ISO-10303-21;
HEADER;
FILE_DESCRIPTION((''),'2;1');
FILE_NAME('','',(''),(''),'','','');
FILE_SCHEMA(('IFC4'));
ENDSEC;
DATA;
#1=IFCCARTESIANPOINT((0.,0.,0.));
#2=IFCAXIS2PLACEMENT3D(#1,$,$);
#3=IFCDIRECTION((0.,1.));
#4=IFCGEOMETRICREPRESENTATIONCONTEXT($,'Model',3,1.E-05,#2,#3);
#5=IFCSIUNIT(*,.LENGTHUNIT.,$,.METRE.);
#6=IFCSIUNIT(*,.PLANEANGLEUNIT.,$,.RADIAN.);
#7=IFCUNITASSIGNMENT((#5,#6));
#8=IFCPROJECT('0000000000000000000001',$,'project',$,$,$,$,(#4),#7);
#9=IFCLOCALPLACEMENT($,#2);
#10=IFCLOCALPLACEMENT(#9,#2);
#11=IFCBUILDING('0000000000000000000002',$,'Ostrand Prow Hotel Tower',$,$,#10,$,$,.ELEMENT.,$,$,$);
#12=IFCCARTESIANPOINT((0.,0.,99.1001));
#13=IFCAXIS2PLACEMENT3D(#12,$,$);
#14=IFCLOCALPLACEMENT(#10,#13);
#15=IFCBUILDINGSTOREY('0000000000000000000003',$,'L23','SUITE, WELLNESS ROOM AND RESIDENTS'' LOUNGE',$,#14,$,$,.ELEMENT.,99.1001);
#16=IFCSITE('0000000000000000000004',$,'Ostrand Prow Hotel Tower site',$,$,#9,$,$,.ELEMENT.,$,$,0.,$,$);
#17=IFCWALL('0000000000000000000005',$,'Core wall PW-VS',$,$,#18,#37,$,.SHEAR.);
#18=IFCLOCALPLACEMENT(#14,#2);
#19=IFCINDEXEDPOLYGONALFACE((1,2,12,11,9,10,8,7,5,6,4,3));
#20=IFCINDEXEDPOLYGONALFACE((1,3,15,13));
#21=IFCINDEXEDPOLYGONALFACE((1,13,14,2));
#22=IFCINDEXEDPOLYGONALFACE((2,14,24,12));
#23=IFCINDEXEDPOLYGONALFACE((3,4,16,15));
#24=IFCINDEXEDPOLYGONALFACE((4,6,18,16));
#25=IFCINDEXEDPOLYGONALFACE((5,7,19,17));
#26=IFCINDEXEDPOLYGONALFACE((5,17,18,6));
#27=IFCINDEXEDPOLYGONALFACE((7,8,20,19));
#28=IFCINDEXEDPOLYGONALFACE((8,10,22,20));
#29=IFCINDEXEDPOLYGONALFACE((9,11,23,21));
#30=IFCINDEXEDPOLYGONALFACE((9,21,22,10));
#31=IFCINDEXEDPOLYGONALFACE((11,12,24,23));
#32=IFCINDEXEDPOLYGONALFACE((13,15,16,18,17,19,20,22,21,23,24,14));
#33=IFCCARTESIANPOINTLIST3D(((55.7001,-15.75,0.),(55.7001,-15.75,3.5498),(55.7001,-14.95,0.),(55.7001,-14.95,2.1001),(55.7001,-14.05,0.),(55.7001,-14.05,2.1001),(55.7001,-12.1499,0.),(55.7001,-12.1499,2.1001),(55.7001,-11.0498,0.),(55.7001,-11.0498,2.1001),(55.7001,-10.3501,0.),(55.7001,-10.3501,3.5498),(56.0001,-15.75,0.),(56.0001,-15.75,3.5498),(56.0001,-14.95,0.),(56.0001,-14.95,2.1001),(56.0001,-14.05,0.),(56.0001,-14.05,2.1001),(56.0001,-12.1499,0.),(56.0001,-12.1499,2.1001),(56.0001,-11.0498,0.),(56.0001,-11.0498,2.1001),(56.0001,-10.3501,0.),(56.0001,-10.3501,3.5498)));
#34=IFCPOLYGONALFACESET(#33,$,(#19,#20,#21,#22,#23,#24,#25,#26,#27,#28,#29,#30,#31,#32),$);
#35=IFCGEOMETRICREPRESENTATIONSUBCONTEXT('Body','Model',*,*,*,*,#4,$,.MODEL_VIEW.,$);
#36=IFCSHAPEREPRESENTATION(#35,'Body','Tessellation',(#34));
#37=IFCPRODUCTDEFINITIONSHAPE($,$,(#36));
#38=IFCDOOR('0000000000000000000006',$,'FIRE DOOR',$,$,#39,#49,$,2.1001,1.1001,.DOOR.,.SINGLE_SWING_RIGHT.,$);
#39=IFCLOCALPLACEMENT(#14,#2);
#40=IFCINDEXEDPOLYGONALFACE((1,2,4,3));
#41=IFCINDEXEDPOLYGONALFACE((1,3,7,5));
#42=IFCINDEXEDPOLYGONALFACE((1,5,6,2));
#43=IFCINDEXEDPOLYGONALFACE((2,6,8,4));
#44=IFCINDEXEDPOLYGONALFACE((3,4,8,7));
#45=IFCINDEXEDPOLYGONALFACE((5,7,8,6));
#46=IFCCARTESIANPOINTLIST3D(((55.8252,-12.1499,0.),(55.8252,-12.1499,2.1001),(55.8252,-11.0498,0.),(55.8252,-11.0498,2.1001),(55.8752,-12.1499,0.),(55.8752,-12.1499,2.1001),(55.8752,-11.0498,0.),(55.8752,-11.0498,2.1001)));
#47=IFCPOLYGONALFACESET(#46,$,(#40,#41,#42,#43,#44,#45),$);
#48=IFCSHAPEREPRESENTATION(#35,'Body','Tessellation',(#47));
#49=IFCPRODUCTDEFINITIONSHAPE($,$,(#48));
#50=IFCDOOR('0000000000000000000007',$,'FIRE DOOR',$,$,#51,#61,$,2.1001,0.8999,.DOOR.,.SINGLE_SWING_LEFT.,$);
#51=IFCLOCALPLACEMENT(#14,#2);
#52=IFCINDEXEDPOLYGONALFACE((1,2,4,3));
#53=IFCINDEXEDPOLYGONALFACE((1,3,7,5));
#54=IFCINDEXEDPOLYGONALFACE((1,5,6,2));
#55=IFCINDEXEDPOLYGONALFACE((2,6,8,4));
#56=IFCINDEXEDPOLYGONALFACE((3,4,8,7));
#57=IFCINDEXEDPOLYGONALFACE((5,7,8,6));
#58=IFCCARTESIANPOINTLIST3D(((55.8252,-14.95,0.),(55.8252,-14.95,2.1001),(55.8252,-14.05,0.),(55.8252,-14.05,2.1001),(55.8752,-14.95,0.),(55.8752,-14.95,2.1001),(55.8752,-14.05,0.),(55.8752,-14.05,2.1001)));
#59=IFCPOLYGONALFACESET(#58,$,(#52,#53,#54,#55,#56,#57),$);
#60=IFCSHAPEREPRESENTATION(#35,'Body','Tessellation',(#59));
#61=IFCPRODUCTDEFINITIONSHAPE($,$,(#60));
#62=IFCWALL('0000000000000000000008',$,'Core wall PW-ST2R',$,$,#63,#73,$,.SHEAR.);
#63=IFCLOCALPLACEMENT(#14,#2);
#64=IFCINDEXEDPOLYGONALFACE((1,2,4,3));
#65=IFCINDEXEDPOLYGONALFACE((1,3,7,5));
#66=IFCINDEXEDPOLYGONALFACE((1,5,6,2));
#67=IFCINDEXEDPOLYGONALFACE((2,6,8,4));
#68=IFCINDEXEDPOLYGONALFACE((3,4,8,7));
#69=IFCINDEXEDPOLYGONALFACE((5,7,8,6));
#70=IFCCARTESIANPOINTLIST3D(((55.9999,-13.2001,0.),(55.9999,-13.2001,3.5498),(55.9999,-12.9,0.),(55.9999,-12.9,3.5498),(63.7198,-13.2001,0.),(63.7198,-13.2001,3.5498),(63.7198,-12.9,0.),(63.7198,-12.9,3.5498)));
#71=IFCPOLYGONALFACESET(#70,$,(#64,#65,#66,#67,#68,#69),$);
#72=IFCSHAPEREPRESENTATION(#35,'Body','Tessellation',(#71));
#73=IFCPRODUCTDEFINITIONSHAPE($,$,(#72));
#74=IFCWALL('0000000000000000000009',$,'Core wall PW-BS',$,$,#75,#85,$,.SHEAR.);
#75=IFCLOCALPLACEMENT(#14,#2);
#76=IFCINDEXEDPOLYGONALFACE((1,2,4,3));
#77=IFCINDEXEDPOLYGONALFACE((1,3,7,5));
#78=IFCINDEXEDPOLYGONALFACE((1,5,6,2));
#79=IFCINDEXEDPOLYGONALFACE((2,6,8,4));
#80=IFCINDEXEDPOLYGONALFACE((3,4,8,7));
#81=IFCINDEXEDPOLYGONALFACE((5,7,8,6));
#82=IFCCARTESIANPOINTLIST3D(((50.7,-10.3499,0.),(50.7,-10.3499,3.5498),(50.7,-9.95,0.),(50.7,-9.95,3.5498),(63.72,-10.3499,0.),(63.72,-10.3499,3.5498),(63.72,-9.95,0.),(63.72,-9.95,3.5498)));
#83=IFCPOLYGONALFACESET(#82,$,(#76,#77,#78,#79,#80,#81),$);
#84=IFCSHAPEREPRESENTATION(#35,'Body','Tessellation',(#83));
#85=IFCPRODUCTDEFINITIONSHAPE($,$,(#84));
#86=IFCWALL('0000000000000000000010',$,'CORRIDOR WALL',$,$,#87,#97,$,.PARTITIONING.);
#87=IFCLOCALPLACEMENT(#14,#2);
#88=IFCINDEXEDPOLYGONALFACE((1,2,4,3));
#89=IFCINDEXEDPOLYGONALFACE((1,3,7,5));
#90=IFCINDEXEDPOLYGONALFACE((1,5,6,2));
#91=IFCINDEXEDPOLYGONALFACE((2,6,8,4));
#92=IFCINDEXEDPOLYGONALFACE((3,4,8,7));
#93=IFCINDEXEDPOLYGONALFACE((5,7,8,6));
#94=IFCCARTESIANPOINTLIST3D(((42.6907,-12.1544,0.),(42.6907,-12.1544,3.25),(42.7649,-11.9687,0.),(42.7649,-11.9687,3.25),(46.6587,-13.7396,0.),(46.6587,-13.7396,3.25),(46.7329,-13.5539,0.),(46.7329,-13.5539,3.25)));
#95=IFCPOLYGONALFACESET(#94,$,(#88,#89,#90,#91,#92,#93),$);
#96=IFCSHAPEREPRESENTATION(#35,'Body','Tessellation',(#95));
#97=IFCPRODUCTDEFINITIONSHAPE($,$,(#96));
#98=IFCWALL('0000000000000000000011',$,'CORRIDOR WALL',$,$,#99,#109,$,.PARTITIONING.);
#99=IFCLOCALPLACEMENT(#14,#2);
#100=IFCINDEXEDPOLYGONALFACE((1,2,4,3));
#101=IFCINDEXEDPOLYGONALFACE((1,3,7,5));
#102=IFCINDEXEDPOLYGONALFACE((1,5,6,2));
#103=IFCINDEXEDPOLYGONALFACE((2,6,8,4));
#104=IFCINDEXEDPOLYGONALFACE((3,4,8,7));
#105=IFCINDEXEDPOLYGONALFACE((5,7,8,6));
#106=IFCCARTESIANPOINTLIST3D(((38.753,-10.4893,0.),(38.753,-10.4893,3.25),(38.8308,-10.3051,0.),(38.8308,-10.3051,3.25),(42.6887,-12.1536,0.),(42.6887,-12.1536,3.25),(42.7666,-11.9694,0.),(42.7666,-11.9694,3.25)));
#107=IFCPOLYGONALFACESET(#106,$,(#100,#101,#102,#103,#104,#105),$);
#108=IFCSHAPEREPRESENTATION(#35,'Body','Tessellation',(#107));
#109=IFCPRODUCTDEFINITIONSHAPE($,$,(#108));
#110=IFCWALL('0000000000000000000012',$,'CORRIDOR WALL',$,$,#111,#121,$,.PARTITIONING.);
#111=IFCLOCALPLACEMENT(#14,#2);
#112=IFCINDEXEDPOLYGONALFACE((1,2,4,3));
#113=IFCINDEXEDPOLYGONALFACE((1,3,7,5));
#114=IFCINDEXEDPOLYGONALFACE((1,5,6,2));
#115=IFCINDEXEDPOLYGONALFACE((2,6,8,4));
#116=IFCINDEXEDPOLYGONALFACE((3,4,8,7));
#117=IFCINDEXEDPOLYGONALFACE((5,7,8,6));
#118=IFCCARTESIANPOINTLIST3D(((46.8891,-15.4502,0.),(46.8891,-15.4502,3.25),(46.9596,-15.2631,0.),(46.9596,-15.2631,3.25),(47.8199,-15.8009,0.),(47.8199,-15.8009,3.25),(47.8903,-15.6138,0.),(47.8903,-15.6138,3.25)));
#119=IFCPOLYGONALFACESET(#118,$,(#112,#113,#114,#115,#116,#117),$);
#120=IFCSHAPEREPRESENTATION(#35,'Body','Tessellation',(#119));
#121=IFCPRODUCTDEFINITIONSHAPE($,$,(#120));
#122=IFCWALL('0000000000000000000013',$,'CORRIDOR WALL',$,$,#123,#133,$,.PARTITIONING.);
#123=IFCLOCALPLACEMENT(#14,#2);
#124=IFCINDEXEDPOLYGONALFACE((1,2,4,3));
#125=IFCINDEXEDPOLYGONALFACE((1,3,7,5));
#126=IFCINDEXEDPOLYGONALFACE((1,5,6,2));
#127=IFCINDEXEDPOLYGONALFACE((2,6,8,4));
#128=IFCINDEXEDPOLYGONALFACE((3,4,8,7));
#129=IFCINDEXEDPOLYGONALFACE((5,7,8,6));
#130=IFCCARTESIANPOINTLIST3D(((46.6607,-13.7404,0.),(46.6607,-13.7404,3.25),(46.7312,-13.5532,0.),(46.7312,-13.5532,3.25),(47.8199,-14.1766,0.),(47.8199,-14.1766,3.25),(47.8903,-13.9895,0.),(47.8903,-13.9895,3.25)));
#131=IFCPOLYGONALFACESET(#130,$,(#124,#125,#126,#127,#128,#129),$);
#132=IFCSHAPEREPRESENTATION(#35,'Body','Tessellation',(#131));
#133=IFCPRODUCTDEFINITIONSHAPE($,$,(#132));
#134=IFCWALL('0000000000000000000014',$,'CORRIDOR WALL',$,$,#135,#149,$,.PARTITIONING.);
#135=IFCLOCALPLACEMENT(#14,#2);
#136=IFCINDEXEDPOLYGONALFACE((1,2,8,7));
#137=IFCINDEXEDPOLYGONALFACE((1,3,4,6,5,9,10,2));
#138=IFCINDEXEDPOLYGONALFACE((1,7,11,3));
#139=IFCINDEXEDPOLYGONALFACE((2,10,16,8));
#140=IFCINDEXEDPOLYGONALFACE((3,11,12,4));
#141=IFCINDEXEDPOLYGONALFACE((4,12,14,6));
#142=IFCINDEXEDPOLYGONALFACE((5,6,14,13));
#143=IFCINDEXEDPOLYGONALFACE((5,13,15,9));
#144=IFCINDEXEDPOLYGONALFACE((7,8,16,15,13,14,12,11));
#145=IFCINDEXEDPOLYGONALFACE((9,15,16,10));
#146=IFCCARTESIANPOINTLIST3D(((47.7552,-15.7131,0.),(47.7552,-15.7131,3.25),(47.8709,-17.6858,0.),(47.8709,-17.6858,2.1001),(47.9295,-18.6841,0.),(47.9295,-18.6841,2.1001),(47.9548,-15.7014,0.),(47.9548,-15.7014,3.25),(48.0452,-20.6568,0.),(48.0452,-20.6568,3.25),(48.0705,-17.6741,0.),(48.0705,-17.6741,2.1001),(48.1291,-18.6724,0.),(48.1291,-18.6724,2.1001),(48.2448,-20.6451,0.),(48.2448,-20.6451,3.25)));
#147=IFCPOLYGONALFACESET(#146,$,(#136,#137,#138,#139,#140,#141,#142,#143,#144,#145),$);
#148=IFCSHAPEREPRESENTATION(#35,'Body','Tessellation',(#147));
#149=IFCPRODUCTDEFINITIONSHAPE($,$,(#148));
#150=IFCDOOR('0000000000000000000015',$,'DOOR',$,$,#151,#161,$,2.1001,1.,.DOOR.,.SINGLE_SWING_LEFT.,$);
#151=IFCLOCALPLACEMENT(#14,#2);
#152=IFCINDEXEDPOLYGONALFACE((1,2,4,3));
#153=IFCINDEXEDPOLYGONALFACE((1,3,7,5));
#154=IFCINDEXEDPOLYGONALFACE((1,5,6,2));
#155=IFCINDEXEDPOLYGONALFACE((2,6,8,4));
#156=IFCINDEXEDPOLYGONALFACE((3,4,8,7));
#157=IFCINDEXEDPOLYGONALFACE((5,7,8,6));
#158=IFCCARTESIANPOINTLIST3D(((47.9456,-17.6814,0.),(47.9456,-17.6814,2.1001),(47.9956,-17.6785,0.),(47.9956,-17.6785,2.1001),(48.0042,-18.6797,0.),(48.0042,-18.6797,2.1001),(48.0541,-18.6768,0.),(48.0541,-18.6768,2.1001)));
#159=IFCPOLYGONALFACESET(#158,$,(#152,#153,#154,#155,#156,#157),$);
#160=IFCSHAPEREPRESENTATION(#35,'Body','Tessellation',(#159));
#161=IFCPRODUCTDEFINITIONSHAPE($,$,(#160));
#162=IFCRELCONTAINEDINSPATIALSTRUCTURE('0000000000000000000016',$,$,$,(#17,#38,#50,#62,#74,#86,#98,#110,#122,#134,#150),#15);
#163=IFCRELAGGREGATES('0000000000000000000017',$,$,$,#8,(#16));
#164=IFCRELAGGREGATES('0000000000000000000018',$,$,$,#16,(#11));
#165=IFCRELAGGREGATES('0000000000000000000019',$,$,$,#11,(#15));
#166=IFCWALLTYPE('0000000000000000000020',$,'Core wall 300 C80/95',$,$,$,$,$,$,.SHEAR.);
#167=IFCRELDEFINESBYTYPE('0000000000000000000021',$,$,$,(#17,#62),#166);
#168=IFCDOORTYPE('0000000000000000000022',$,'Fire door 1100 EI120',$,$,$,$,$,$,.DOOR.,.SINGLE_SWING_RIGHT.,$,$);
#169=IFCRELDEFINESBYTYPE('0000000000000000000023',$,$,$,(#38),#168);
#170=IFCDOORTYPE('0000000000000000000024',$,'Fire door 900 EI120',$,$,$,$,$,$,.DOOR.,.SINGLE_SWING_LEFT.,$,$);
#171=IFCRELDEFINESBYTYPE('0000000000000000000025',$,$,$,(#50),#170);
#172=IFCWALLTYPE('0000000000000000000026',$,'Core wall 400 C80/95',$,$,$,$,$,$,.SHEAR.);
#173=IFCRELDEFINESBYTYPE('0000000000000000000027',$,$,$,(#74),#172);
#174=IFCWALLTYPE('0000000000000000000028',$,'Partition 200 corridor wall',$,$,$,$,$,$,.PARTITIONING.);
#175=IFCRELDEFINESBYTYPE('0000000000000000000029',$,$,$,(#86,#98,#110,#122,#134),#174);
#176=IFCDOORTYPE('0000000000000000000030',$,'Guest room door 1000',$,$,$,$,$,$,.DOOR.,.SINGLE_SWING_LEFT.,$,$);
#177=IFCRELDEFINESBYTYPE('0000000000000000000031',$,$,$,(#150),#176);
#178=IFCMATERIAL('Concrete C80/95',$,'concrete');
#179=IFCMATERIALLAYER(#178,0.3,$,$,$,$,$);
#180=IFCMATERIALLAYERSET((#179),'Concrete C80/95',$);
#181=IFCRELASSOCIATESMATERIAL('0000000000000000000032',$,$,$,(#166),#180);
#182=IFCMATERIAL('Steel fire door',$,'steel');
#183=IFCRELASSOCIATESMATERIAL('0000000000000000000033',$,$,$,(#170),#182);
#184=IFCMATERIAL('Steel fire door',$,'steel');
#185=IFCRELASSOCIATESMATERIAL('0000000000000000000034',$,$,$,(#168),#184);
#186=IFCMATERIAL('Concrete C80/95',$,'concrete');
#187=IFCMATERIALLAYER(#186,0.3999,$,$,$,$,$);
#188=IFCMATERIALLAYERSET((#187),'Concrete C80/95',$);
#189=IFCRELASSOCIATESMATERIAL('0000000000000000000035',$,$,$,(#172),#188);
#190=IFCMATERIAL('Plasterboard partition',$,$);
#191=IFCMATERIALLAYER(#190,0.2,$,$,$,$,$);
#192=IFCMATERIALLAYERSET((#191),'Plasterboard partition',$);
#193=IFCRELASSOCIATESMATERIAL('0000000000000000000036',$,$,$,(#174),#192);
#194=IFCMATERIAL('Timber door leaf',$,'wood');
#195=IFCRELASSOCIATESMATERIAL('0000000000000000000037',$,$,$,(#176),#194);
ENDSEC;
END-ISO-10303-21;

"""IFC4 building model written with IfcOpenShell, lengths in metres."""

from ifc_helpers import new_model, si_unit, direction, frame, frame_2d, origin, place, context, subcontext, project, spatial, rectangle, extrude, material, layer, layer_set, type_object, element, fill, save


model = new_model("IFC4")

# Units and contexts
model_context = context("Model", 3, precision=1e-05, world=origin(), true_north=direction((0.0, 1.0)))
body_context = subcontext(model_context, "Body", "Model", "MODEL_VIEW")
ifc_project = project(units=[si_unit("LENGTHUNIT", "METRE"), si_unit("PLANEANGLEUNIT", "RADIAN")], contexts=[model_context])

# Site, building, storey
site_placement = place(None, origin())
site = spatial("IfcSite", under=ifc_project, at=site_placement, Name="Ostrand Prow Hotel Tower site", CompositionType="ELEMENT", RefElevation=0.0)
building_placement = place(site_placement, origin())
building = spatial("IfcBuilding", under=site, at=building_placement, Name="Ostrand Prow Hotel Tower", CompositionType="ELEMENT")
storey_placement = place(building_placement, frame((0.0, 0.0, 99.1001)))
storey = spatial("IfcBuildingStorey", under=building, at=storey_placement, Name="L23", Description="SUITE, WELLNESS ROOM AND RESIDENTS' LOUNGE", CompositionType="ELEMENT", Elevation=99.1001)

# Shared definitions
ifc_material_1 = material(Name="Concrete C80/95", Category="concrete")
ifc_layer_1 = layer(ifc_material_1, 0.3)
ifc_layer_set_1 = layer_set([ifc_layer_1], Name="Concrete C80/95")
wall_type_1 = type_object("IfcWallType", Name="Core wall 300 C80/95", PredefinedType="SHEAR", material=ifc_layer_set_1)

# Shared definitions
ifc_material_2 = material(Name="Steel fire door", Category="steel")
door_type_1 = type_object("IfcDoorType", Name="Fire door 900 EI120", OperationType="SINGLE_SWING_LEFT", PredefinedType="DOOR", material=ifc_material_2)

# Wall, openings, doors
wall_1_placement = place(storey_placement, frame((55.8501, -15.75, 0.0), z_axis=(0.0, 0.0, 1.0), x_axis=(0.0, 1.0, 0.0)))
wall_1 = element("IfcWall", 1, at=wall_1_placement, inside=storey, type_object=wall_type_1, Name="Core wall PW-VS", PredefinedType="SHEAR", context=body_context, shape_type="SweptSolid", body=[
    extrude(rectangle(XDim=5.3999, YDim=0.3, at=frame_2d((2.7, 0.0))), origin(), (0.0, 0.0, 1.0), 3.5498),
])
opening_1_placement = place(wall_1_placement, frame((3.6001, 0.0, 0.0)))
opening_1 = element("IfcOpeningElement", 2, at=opening_1_placement, cuts=wall_1, PredefinedType="OPENING", context=body_context, shape_type="SweptSolid", body=[
    extrude(rectangle(XDim=1.1001, YDim=2.1001, at=frame_2d((0.55, 1.05))), frame((0.0, 0.1599, 0.0), z_axis=(0.0, -1.0, 0.0), x_axis=(1.0, 0.0, 0.0)), (0.0, 0.0, 1.0), 0.3201),
])
opening_2_placement = place(wall_1_placement, frame((0.8, 0.0, 0.0)))
opening_2 = element("IfcOpeningElement", 3, at=opening_2_placement, cuts=wall_1, PredefinedType="OPENING", context=body_context, shape_type="SweptSolid", body=[
    extrude(rectangle(XDim=0.8999, YDim=2.1001, at=frame_2d((0.45, 1.05))), frame((0.0, 0.1599, 0.0), z_axis=(0.0, -1.0, 0.0), x_axis=(1.0, 0.0, 0.0)), (0.0, 0.0, 1.0), 0.3201),
])
ifc_material_3 = material(Name="Steel fire door", Category="steel")
door_type_2 = type_object("IfcDoorType", Name="Fire door 1100 EI120", OperationType="SINGLE_SWING_RIGHT", PredefinedType="DOOR", material=ifc_material_3)
door_1_placement = place(opening_1_placement, origin())
door_1 = element("IfcDoor", 4, at=door_1_placement, inside=storey, type_object=door_type_2, Name="FIRE DOOR", OperationType="SINGLE_SWING_RIGHT", OverallHeight=2.1001, OverallWidth=1.1001, PredefinedType="DOOR", context=body_context, shape_type="SweptSolid", body=[
    extrude(rectangle(XDim=1.1001, YDim=2.1001, at=frame_2d((0.55, 1.05))), frame((0.0, 0.0249, 0.0), z_axis=(0.0, -1.0, 0.0), x_axis=(1.0, 0.0, 0.0)), (0.0, 0.0, 1.0), 0.05),
])
fill(opening_1, door_1)
door_2_placement = place(opening_2_placement, origin())
door_2 = element("IfcDoor", 5, at=door_2_placement, inside=storey, type_object=door_type_1, Name="FIRE DOOR", OperationType="SINGLE_SWING_LEFT", OverallHeight=2.1001, OverallWidth=0.8999, PredefinedType="DOOR", context=body_context, shape_type="SweptSolid", body=[
    extrude(rectangle(XDim=0.8999, YDim=2.1001, at=frame_2d((0.45, 1.05))), frame((0.0, 0.0249, 0.0), z_axis=(0.0, -1.0, 0.0), x_axis=(1.0, 0.0, 0.0)), (0.0, 0.0, 1.0), 0.05),
])
fill(opening_2, door_2)

# Walls
wall_2_placement = place(storey_placement, frame((56.0, -13.05, 0.0), z_axis=(0.0, 0.0, 1.0), x_axis=(1.0, 0.0, 0.0)))
element("IfcWall", 6, at=wall_2_placement, inside=storey, type_object=wall_type_1, Name="Core wall PW-ST2R", PredefinedType="SHEAR", context=body_context, shape_type="SweptSolid", body=[
    extrude(rectangle(XDim=7.72, YDim=0.3, at=frame_2d((3.8599, 0.0))), origin(), (0.0, 0.0, 1.0), 3.5498),
])
ifc_material_4 = material(Name="Concrete C80/95", Category="concrete")
ifc_layer_2 = layer(ifc_material_4, 0.3999)
ifc_layer_set_2 = layer_set([ifc_layer_2], Name="Concrete C80/95")
wall_type_2 = type_object("IfcWallType", Name="Core wall 400 C80/95", PredefinedType="SHEAR", material=ifc_layer_set_2)
wall_3_placement = place(storey_placement, frame((50.7, -10.1499, 0.0), z_axis=(0.0, 0.0, 1.0), x_axis=(1.0, 0.0, 0.0)))
element("IfcWall", 7, at=wall_3_placement, inside=storey, type_object=wall_type_2, Name="Core wall PW-BS", PredefinedType="SHEAR", context=body_context, shape_type="SweptSolid", body=[
    extrude(rectangle(XDim=13.02, YDim=0.3999, at=frame_2d((6.51, 0.0))), origin(), (0.0, 0.0, 1.0), 3.5498),
])
ifc_material_5 = material(Name="Plasterboard partition")
ifc_layer_3 = layer(ifc_material_5, 0.2)
ifc_layer_set_3 = layer_set([ifc_layer_3], Name="Plasterboard partition")
wall_type_3 = type_object("IfcWallType", Name="Partition 200 corridor wall", PredefinedType="PARTITIONING", material=ifc_layer_set_3)
wall_4_placement = place(storey_placement, frame((46.6958, -13.6467, 0.0), z_axis=(0.0, 0.0, 1.0), x_axis=(-0.928638, 0.370987, 0.0)))
element("IfcWall", 8, at=wall_4_placement, inside=storey, type_object=wall_type_3, Name="CORRIDOR WALL", PredefinedType="PARTITIONING", context=body_context, shape_type="SweptSolid", body=[
    extrude(rectangle(XDim=4.2729, YDim=0.2, at=frame_2d((2.1365, 0.0))), origin(), (0.0, 0.0, 1.0), 3.25),
])
wall_5_placement = place(storey_placement, frame((42.7278, -12.0615, 0.0), z_axis=(0.0, 0.0, 1.0), x_axis=(-0.921037, 0.389474, 0.0)))
element("IfcWall", 9, at=wall_5_placement, inside=storey, type_object=wall_type_3, Name="CORRIDOR WALL", PredefinedType="PARTITIONING", context=body_context, shape_type="SweptSolid", body=[
    extrude(rectangle(XDim=4.2732, YDim=0.2, at=frame_2d((2.1367, 0.0))), origin(), (0.0, 0.0, 1.0), 3.25),
])
wall_6_placement = place(storey_placement, frame((46.9243, -15.3567, 0.0), z_axis=(0.0, 0.0, 1.0), x_axis=(0.935804, -0.352522, 0.0)))
element("IfcWall", 10, at=wall_6_placement, inside=storey, type_object=wall_type_3, Name="CORRIDOR WALL", PredefinedType="PARTITIONING", context=body_context, shape_type="SweptSolid", body=[
    extrude(rectangle(XDim=0.9946, YDim=0.2, at=frame_2d((0.4973, 0.0))), origin(), (0.0, 0.0, 1.0), 3.25),
])
wall_7_placement = place(storey_placement, frame((47.855, -14.083, 0.0), z_axis=(0.0, 0.0, 1.0), x_axis=(-0.935907, 0.352246, 0.0)))
element("IfcWall", 11, at=wall_7_placement, inside=storey, type_object=wall_type_3, Name="CORRIDOR WALL", PredefinedType="PARTITIONING", context=body_context, shape_type="SweptSolid", body=[
    extrude(rectangle(XDim=1.2385, YDim=0.2, at=frame_2d((0.6191, 0.0))), origin(), (0.0, 0.0, 1.0), 3.25),
])

# Wall, opening, door
wall_8_placement = place(storey_placement, frame((47.855, -15.7073, 0.0), z_axis=(0.0, 0.0, 1.0), x_axis=(0.058569, -0.998283, 0.0)))
wall_8 = element("IfcWall", 12, at=wall_8_placement, inside=storey, type_object=wall_type_3, Name="CORRIDOR WALL", PredefinedType="PARTITIONING", context=body_context, shape_type="SweptSolid", body=[
    extrude(rectangle(XDim=4.9521, YDim=0.2, at=frame_2d((2.4761, 0.0))), origin(), (0.0, 0.0, 1.0), 3.25),
])
opening_3_placement = place(wall_8_placement, frame((1.9761, 0.0, 0.0)))
opening_3 = element("IfcOpeningElement", 13, at=opening_3_placement, cuts=wall_8, PredefinedType="OPENING", context=body_context, shape_type="SweptSolid", body=[
    extrude(rectangle(XDim=1.0, YDim=2.1001, at=frame_2d((0.5, 1.05))), frame((0.0, 0.1099, 0.0), z_axis=(0.0, -1.0, 0.0), x_axis=(1.0, 0.0, 0.0)), (0.0, 0.0, 1.0), 0.22),
])
ifc_material_6 = material(Name="Timber door leaf", Category="wood")
door_type_3 = type_object("IfcDoorType", Name="Guest room door 1000", OperationType="SINGLE_SWING_LEFT", PredefinedType="DOOR", material=ifc_material_6)
door_3_placement = place(opening_3_placement, origin())
door_3 = element("IfcDoor", 14, at=door_3_placement, inside=storey, type_object=door_type_3, Name="DOOR", OperationType="SINGLE_SWING_LEFT", OverallHeight=2.1001, OverallWidth=1.0, PredefinedType="DOOR", context=body_context, shape_type="SweptSolid", body=[
    extrude(rectangle(XDim=1.0, YDim=2.1001, at=frame_2d((0.5, 1.05))), frame((0.0, 0.0249, 0.0), z_axis=(0.0, -1.0, 0.0), x_axis=(1.0, 0.0, 0.0)), (0.0, 0.0, 1.0), 0.05),
])
fill(opening_3, door_3)

save(model, "model.ifc")
